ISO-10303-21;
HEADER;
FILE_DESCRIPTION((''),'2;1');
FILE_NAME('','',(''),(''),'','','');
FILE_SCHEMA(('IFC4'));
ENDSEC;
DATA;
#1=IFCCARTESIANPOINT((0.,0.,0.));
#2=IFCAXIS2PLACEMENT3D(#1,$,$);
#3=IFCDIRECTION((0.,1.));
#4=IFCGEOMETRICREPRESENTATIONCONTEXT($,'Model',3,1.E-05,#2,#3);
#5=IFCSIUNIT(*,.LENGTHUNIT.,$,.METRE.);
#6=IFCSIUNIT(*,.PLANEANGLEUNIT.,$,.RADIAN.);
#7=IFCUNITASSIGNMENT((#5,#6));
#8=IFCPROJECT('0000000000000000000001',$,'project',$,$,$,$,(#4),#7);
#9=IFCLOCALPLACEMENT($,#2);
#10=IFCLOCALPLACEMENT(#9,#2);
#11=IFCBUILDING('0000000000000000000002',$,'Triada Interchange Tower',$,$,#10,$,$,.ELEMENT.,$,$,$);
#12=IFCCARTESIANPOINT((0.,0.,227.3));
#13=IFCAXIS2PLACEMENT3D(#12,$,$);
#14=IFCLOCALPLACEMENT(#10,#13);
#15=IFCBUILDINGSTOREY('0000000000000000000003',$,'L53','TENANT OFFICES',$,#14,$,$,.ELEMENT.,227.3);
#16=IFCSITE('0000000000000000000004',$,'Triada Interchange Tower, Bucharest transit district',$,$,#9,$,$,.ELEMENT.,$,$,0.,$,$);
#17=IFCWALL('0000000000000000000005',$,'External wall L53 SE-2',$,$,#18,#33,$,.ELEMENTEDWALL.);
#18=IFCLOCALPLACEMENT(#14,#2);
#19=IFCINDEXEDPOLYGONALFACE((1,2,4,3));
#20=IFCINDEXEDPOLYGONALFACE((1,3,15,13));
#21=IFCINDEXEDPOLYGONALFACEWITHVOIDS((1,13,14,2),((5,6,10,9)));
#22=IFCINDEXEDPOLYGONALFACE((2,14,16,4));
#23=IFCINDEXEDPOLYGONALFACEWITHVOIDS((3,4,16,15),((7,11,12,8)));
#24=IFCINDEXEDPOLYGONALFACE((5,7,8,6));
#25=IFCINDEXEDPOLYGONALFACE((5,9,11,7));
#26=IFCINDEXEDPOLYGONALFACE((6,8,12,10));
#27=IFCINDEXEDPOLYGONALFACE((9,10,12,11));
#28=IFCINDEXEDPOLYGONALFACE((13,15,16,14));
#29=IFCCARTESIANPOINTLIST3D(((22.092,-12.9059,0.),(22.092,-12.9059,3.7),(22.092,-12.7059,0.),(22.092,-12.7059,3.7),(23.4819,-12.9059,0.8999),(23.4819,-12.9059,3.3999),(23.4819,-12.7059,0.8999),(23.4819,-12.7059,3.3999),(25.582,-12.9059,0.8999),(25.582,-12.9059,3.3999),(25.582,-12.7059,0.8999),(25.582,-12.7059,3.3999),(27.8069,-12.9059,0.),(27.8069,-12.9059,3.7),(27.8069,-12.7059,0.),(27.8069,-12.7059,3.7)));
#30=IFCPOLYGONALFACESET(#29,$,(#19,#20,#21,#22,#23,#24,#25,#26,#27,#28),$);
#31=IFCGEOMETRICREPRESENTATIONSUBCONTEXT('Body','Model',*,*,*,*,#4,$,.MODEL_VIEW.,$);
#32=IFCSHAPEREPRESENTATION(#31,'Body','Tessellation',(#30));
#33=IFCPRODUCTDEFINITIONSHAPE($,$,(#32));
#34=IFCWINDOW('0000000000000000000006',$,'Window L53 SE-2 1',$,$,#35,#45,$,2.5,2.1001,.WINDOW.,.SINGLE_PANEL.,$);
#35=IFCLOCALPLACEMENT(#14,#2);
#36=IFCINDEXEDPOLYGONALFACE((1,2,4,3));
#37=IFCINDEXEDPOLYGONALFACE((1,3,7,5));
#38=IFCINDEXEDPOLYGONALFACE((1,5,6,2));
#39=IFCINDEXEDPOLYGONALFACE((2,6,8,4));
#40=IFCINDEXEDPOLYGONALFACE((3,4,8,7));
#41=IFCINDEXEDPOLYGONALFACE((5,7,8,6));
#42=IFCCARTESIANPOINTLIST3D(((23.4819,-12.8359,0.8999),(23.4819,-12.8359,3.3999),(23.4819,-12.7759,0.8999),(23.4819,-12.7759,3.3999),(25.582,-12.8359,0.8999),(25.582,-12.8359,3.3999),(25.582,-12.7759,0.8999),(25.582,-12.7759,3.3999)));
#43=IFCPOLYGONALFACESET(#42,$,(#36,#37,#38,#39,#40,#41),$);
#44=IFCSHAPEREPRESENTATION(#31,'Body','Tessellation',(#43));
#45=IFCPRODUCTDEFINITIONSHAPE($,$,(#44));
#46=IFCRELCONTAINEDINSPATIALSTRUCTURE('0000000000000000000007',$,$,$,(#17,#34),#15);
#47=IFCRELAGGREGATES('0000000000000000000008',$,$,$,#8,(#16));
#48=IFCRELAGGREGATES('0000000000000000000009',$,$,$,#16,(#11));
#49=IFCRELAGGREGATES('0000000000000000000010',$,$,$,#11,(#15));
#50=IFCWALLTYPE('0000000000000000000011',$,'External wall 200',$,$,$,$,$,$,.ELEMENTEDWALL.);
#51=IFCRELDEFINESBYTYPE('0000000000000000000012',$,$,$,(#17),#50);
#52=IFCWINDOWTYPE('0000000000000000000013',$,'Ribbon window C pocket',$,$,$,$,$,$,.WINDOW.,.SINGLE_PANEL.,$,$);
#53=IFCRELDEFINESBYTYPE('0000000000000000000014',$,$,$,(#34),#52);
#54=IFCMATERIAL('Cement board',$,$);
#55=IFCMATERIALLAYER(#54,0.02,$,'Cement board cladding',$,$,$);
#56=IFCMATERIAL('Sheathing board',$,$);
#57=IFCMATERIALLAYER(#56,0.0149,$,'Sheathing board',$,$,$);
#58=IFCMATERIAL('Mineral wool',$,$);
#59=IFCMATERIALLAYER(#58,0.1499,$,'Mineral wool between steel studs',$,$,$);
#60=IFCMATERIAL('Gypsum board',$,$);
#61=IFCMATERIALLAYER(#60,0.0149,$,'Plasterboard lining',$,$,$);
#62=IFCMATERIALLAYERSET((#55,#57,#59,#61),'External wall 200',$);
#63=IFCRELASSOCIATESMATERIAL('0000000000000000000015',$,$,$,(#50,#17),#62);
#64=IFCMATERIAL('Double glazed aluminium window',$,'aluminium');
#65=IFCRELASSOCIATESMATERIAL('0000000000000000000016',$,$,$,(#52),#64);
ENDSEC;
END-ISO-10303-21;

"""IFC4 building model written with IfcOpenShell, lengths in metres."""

from ifc_helpers import new_model, si_unit, direction, frame, frame_2d, origin, place, context, subcontext, project, spatial, rectangle, extrude, material, layer, layer_set, layer_usage, type_object, element, fill, save


model = new_model("IFC4")

# Units and contexts
model_context = context("Model", 3, precision=1e-05, world=origin(), true_north=direction((0.0, 1.0)))
body_context = subcontext(model_context, "Body", "Model", "MODEL_VIEW")
ifc_project = project(units=[si_unit("LENGTHUNIT", "METRE"), si_unit("PLANEANGLEUNIT", "RADIAN")], contexts=[model_context])

# Site, building, storey
site_placement = place(None, origin())
site = spatial("IfcSite", under=ifc_project, at=site_placement, Name="Triada Interchange Tower, Bucharest transit district", CompositionType="ELEMENT", RefElevation=0.0)
building_placement = place(site_placement, origin())
building = spatial("IfcBuilding", under=site, at=building_placement, Name="Triada Interchange Tower", CompositionType="ELEMENT")
storey_placement = place(building_placement, frame((0.0, 0.0, 227.3)))
storey = spatial("IfcBuildingStorey", under=building, at=storey_placement, Name="L53", Description="TENANT OFFICES", CompositionType="ELEMENT", Elevation=227.3)

# Wall, opening, window
ifc_material_1 = material(Name="Cement board")
ifc_layer_1 = layer(ifc_material_1, 0.02, Name="Cement board cladding")
ifc_material_2 = material(Name="Sheathing board")
ifc_layer_2 = layer(ifc_material_2, 0.0149, Name="Sheathing board")
ifc_material_3 = material(Name="Mineral wool")
ifc_layer_3 = layer(ifc_material_3, 0.1499, Name="Mineral wool between steel studs")
ifc_material_4 = material(Name="Gypsum board")
ifc_layer_4 = layer(ifc_material_4, 0.0149, Name="Plasterboard lining")
ifc_layer_set_1 = layer_set([ifc_layer_1, ifc_layer_2, ifc_layer_3, ifc_layer_4], Name="External wall 200")
ifc_layer_usage = layer_usage(ifc_layer_set_1, "AXIS2", "POSITIVE", -0.1001)
wall_type_1 = type_object("IfcWallType", Name="External wall 200", PredefinedType="ELEMENTEDWALL", material=ifc_layer_set_1)
ifc_material_5 = material(Name="Double glazed aluminium window", Category="aluminium")
window_type_1 = type_object("IfcWindowType", Name="Ribbon window C pocket", PartitioningType="SINGLE_PANEL", PredefinedType="WINDOW", material=ifc_material_5)
wall_1_placement = place(storey_placement, frame((22.092, -12.8059, 0.0), z_axis=(0.0, 0.0, 1.0), x_axis=(1.0, 0.0, 0.0)))
wall_1 = element("IfcWall", 1, at=wall_1_placement, inside=storey, type_object=wall_type_1, material=ifc_layer_usage, Name="External wall L53 SE-2", PredefinedType="ELEMENTEDWALL", context=body_context, shape_type="SweptSolid", body=[
    extrude(rectangle(XDim=5.7148, YDim=0.2, at=frame_2d((2.8574, 0.0))), origin(), (0.0, 0.0, 1.0), 3.7),
])
opening_1_placement = place(wall_1_placement, frame((1.3899, 0.0, 0.8999)))
opening_1 = element("IfcOpeningElement", 2, at=opening_1_placement, cuts=wall_1, PredefinedType="OPENING", context=body_context, shape_type="SweptSolid", body=[
    extrude(rectangle(XDim=2.1001, YDim=2.5, at=frame_2d((1.05, 1.25))), frame((0.0, 0.1099, 0.0), z_axis=(0.0, -1.0, 0.0), x_axis=(1.0, 0.0, 0.0)), (0.0, 0.0, 1.0), 0.22),
])
window_1_placement = place(opening_1_placement, origin())
window_1 = element("IfcWindow", 3, at=window_1_placement, inside=storey, type_object=window_type_1, Name="Window L53 SE-2 1", OverallHeight=2.5, OverallWidth=2.1001, PartitioningType="SINGLE_PANEL", PredefinedType="WINDOW", context=body_context, shape_type="SweptSolid", body=[
    extrude(rectangle(XDim=2.1001, YDim=2.5, at=frame_2d((1.05, 1.25))), frame((0.0, 0.03, 0.0), z_axis=(0.0, -1.0, 0.0), x_axis=(1.0, 0.0, 0.0)), (0.0, 0.0, 1.0), 0.0601),
])
fill(opening_1, window_1)

save(model, "model.ifc")
